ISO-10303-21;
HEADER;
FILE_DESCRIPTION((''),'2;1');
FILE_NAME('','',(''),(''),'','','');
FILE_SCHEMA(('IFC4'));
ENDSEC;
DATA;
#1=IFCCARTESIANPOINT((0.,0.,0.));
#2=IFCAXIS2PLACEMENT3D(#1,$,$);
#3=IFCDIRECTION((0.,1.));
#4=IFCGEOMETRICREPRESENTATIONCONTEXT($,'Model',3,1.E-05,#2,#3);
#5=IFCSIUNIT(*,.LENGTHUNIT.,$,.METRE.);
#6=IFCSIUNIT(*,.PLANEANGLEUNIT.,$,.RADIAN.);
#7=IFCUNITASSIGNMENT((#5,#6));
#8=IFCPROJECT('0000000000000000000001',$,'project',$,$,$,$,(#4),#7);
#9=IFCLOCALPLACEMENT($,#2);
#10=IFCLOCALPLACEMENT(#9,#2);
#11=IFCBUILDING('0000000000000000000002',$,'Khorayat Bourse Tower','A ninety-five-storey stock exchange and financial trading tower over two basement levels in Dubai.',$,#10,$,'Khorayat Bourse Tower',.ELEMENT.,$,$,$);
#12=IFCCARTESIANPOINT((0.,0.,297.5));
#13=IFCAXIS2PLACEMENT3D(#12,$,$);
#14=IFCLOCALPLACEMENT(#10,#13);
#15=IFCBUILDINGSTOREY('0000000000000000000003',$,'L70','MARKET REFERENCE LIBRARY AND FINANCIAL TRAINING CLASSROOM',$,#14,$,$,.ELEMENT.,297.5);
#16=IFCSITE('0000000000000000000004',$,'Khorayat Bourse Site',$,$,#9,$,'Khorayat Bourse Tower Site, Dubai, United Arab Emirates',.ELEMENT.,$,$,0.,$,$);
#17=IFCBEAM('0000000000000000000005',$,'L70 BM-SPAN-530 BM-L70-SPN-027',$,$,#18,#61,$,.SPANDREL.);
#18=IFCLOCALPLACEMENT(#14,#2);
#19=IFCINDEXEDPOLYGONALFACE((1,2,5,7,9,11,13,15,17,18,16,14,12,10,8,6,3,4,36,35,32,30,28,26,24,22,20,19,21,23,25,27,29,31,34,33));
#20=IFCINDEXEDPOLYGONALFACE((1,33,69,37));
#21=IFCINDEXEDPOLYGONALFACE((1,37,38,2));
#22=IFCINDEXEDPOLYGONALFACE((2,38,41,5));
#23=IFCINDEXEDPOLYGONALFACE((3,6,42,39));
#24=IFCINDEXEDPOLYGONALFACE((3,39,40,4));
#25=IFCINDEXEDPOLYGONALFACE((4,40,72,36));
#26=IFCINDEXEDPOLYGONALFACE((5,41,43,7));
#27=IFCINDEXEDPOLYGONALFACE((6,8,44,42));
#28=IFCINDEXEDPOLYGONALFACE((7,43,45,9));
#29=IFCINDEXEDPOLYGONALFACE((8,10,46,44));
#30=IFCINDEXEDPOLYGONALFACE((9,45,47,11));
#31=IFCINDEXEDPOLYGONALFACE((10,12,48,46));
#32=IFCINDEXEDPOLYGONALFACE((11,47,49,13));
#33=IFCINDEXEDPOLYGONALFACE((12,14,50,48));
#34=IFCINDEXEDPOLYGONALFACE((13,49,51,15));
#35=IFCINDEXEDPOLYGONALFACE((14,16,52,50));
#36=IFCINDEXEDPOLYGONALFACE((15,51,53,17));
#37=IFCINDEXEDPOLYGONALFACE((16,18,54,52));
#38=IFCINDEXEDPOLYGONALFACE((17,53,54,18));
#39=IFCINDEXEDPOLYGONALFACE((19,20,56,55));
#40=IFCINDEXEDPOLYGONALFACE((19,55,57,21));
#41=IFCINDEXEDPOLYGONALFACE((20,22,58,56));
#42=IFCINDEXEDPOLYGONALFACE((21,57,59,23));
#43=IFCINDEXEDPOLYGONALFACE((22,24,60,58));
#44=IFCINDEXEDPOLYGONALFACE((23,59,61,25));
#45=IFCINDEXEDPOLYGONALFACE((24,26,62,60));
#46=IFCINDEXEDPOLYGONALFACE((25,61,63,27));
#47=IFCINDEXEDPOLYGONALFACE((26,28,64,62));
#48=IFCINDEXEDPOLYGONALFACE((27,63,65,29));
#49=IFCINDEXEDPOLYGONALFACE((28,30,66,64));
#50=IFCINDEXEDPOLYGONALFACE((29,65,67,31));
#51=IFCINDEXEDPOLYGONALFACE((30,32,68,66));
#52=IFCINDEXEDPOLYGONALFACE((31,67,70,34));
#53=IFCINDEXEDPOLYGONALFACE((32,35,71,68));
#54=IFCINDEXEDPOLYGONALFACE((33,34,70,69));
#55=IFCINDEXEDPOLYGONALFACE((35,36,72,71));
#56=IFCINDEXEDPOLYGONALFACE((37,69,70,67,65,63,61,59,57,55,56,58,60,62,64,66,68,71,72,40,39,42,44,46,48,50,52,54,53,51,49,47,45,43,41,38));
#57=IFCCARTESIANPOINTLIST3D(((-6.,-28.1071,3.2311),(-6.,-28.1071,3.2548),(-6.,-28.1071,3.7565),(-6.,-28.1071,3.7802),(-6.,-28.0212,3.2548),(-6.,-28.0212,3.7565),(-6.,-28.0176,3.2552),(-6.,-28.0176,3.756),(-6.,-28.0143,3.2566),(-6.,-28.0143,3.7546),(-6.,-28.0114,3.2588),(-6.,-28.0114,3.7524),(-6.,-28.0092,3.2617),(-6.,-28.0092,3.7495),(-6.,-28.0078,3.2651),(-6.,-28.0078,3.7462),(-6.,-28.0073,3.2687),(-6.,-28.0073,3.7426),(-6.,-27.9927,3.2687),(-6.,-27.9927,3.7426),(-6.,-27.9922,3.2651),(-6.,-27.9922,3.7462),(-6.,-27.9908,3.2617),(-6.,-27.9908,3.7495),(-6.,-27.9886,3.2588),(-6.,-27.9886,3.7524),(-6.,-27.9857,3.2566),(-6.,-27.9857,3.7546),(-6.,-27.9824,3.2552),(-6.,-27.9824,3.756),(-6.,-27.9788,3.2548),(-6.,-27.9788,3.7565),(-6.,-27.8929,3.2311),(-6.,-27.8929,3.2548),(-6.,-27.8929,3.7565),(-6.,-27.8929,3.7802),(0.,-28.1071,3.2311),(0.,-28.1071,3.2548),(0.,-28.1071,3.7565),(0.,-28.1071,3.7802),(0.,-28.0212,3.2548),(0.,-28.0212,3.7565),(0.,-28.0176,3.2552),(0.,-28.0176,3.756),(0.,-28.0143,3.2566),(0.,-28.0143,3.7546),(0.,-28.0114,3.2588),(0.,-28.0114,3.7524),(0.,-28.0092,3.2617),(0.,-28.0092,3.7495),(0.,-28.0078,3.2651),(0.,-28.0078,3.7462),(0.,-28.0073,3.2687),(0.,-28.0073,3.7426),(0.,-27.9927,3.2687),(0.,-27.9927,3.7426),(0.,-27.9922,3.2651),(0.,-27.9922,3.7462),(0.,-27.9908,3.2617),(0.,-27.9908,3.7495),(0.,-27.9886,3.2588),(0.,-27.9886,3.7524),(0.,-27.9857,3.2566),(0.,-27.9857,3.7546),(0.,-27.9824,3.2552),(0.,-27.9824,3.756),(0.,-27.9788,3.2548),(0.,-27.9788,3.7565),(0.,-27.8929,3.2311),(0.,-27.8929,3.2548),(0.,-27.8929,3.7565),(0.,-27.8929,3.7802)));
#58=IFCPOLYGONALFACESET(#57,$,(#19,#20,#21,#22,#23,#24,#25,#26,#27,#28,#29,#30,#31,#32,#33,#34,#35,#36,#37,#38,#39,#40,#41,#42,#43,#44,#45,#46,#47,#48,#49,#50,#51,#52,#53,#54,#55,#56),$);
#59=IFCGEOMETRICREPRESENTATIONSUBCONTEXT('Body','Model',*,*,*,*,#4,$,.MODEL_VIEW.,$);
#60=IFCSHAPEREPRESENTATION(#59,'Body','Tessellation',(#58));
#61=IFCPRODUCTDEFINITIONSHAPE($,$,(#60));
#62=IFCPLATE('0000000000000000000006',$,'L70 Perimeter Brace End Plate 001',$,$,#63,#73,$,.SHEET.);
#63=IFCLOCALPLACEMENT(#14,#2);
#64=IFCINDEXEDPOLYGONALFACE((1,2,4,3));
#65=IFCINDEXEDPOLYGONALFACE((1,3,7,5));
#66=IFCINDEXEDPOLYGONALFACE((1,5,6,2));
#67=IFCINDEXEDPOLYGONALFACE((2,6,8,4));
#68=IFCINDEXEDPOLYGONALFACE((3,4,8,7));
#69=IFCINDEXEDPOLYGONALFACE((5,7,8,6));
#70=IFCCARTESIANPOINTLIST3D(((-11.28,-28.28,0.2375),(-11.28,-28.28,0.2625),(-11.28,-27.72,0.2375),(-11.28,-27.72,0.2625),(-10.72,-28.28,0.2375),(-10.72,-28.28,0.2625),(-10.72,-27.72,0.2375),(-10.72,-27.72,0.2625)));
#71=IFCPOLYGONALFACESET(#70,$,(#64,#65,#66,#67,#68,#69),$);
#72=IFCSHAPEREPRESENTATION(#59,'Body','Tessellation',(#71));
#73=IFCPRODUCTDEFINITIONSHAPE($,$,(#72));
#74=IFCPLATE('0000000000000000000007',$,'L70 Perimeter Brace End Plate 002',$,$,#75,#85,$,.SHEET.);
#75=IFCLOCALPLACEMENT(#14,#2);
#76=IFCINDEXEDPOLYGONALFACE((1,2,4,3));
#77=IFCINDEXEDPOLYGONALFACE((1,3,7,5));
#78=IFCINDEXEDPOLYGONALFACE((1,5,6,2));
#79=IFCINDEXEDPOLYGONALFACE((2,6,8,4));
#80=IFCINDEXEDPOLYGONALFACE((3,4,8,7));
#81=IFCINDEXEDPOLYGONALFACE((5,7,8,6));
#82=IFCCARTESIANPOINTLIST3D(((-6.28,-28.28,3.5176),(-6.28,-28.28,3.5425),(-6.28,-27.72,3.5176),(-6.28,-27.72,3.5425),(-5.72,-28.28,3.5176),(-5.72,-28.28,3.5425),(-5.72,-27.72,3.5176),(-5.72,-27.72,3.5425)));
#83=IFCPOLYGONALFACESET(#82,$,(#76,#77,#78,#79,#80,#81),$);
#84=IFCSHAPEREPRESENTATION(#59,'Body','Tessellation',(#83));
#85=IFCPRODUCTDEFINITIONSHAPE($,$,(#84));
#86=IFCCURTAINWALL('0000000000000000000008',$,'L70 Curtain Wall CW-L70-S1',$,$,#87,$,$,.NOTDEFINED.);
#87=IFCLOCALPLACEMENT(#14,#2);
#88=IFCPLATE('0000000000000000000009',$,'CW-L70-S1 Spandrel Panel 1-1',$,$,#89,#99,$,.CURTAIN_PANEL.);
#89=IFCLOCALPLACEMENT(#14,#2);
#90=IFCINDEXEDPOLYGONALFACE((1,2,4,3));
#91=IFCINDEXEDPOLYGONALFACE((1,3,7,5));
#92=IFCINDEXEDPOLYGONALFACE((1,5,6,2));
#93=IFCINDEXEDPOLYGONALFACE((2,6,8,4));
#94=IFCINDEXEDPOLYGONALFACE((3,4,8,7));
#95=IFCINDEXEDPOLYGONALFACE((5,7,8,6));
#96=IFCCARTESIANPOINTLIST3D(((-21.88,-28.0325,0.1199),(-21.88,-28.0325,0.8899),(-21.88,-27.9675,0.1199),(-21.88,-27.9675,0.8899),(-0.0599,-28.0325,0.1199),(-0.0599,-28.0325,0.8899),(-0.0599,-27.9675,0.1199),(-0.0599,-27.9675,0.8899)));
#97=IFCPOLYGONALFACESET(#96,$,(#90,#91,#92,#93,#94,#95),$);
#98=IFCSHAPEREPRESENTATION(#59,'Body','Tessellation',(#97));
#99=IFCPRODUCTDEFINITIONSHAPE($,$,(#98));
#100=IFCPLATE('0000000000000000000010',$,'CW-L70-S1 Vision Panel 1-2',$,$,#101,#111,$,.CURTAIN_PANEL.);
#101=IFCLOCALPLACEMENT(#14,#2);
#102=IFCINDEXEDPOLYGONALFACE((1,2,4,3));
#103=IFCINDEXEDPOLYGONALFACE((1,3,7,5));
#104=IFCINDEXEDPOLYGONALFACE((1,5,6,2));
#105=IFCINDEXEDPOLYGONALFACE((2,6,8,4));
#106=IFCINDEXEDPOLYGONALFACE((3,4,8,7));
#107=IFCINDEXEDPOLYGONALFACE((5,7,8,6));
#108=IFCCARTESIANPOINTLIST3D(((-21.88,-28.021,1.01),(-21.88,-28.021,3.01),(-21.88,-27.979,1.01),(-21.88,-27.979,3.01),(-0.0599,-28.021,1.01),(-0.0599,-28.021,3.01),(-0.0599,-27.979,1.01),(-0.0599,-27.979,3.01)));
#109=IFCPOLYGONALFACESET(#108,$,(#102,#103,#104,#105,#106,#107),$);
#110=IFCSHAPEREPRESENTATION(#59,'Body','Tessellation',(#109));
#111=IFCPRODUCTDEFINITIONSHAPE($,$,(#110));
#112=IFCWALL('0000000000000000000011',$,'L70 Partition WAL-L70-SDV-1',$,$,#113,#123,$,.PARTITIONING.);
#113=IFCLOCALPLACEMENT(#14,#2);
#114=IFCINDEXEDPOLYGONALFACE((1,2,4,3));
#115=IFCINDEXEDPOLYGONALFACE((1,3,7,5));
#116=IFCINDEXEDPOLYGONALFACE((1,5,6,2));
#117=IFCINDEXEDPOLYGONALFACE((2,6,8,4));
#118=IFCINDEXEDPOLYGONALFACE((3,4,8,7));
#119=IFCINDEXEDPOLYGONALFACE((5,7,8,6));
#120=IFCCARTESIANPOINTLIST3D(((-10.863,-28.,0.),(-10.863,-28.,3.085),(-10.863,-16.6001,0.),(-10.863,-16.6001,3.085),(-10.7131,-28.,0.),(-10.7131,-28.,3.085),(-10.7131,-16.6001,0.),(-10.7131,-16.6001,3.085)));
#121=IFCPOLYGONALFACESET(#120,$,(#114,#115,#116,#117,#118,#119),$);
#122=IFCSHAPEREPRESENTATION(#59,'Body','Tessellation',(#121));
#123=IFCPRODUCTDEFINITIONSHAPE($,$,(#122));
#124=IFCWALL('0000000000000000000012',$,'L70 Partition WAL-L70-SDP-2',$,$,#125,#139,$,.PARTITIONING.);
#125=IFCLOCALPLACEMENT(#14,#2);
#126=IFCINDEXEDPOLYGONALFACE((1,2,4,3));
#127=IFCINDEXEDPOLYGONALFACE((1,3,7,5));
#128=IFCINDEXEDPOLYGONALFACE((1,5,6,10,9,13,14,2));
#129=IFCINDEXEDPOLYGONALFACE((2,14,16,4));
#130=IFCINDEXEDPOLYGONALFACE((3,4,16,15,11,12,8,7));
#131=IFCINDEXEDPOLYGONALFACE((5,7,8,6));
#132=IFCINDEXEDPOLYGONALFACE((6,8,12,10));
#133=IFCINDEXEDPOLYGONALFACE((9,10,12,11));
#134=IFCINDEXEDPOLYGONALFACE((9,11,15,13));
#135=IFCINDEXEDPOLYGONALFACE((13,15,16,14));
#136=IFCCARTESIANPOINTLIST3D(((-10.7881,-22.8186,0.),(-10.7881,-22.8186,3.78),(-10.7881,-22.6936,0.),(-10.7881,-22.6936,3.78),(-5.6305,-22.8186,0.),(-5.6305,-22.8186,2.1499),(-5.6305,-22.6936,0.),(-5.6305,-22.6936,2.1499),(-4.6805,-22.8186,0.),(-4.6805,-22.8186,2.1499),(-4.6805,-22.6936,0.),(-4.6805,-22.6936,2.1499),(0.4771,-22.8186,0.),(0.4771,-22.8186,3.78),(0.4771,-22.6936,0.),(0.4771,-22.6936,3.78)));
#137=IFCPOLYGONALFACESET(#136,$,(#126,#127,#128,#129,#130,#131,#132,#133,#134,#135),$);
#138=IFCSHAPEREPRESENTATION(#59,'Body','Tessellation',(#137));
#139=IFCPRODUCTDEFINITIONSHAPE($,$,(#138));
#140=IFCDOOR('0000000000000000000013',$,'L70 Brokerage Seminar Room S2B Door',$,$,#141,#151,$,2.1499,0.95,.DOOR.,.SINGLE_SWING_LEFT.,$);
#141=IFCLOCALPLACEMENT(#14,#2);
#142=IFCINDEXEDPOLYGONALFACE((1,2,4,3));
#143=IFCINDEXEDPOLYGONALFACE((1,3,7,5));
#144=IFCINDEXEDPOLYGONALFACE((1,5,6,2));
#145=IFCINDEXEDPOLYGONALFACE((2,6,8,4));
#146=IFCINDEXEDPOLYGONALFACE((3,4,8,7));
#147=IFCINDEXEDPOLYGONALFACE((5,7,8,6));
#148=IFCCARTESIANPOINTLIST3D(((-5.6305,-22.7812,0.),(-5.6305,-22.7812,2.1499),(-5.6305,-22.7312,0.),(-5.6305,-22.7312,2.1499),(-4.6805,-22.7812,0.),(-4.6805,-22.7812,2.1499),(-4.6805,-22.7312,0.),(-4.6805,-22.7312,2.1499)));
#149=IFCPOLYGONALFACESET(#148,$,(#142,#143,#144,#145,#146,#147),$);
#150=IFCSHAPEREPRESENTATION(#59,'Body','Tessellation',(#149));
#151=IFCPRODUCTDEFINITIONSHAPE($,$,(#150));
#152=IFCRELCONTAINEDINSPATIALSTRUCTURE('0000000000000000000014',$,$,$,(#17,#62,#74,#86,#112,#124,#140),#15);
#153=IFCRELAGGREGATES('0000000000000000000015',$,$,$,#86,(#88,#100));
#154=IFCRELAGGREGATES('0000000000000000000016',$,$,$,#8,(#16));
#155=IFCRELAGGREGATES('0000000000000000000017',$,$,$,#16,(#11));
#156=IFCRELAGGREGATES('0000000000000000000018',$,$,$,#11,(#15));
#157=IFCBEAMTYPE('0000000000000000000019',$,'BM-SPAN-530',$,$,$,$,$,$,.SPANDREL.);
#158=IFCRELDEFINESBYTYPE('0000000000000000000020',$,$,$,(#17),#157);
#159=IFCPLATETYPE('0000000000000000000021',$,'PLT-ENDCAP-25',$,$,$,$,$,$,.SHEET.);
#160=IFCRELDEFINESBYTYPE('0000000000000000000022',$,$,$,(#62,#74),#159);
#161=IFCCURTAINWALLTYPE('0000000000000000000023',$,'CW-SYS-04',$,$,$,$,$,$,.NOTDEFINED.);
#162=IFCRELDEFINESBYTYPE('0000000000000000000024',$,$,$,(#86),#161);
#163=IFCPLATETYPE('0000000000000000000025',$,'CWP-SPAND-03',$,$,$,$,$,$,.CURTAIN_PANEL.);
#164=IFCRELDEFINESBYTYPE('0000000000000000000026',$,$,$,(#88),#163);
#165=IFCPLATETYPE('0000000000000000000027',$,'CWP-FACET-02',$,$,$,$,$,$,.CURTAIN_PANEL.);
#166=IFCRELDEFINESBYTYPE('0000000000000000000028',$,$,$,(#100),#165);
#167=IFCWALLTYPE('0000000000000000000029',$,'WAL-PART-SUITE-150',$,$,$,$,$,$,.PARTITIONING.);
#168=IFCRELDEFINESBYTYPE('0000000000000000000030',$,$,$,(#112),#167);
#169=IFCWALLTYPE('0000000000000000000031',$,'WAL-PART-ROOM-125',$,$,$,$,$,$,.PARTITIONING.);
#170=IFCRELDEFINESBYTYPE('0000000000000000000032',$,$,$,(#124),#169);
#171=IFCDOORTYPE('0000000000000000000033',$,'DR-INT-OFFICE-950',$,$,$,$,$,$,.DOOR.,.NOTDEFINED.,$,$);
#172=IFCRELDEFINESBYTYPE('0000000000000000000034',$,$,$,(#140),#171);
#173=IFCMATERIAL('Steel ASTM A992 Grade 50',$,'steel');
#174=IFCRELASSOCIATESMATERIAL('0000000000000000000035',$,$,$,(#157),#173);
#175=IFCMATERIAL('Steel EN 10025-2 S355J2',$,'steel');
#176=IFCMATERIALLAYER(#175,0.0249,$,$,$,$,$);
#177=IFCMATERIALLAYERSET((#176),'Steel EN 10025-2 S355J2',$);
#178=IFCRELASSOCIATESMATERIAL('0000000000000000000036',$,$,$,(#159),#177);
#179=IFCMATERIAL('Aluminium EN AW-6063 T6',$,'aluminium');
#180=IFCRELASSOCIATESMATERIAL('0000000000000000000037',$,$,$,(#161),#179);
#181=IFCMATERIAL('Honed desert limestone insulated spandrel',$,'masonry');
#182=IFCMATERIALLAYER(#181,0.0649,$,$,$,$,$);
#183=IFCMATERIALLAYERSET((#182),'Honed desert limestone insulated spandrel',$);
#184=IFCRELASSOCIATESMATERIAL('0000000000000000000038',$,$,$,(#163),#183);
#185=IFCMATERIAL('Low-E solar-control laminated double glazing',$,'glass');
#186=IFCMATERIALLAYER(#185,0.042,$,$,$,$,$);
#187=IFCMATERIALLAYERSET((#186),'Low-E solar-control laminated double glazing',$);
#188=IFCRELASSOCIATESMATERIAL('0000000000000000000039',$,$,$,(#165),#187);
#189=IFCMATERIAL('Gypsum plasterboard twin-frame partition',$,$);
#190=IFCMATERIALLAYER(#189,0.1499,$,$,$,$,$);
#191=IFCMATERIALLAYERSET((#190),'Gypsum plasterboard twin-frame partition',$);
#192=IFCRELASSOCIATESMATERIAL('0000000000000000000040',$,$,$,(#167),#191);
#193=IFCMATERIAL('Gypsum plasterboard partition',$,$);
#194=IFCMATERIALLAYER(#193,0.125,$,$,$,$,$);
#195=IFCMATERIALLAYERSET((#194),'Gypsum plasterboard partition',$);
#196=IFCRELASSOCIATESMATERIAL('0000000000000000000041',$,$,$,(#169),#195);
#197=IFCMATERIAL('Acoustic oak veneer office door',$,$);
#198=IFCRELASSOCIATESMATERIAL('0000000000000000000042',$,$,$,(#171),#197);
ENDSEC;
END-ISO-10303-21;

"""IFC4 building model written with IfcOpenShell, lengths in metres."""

from ifc_helpers import new_model, si_unit, direction, frame, frame_2d, origin, origin_2d, place, context, subcontext, project, spatial, rectangle, i_section, extrude, source, transform, mapped, material, layer, layer_set, material_profile, profile_set, type_object, element, fill, aggregate, save


model = new_model("IFC4")

# Units and contexts
model_context = context("Model", 3, precision=1e-05, world=origin(), true_north=direction((0.0, 1.0)))
body_context = subcontext(model_context, "Body", "Model", "MODEL_VIEW")
ifc_project = project(units=[si_unit("LENGTHUNIT", "METRE"), si_unit("PLANEANGLEUNIT", "RADIAN")], contexts=[model_context])

# Site, building, storey
site_placement = place(None, origin())
site = spatial("IfcSite", under=ifc_project, at=site_placement, Name="Khorayat Bourse Site", LongName="Khorayat Bourse Tower Site, Dubai, United Arab Emirates", CompositionType="ELEMENT", RefElevation=0.0)
building_placement = place(site_placement, origin())
building = spatial("IfcBuilding", under=site, at=building_placement, Name="Khorayat Bourse Tower", Description="A ninety-five-storey stock exchange and financial trading tower over two basement levels in Dubai.", LongName="Khorayat Bourse Tower", CompositionType="ELEMENT")
storey_placement = place(building_placement, frame((0.0, 0.0, 297.5)))
storey = spatial("IfcBuildingStorey", under=building, at=storey_placement, Name="L70", Description="MARKET REFERENCE LIBRARY AND FINANCIAL TRAINING CLASSROOM", CompositionType="ELEMENT", Elevation=297.5)

# Beam
ifc_material_1 = material(Name="Steel ASTM A992 Grade 50", Category="steel")
ifc_material_profile_1 = material_profile(ifc_material_1, i_section(OverallWidth=0.2141, OverallDepth=0.5491, WebThickness=0.0146, FlangeThickness=0.0237, FilletRadius=0.0139, at=origin_2d()), Name="W530X138")
ifc_profile_set_1 = profile_set([ifc_material_profile_1], Name="Steel ASTM A992 Grade 50")
beam_type_1 = type_object("IfcBeamType", Name="BM-SPAN-530", PredefinedType="SPANDREL", material=ifc_profile_set_1)
shared_shape_1 = source(origin(), body_context, "Body", "SweptSolid", [
    extrude(i_section(OverallWidth=0.2141, OverallDepth=0.5491, WebThickness=0.0146, FlangeThickness=0.0237, FilletRadius=0.0139, at=origin_2d()), origin(), (0.0, 0.0, 1.0), 6.0),
])
beam_1_placement = place(storey_placement, frame((-6.0, -28.0, 3.5056), z_axis=(1.0, 0.0, 0.0), x_axis=(0.0, 1.0, 0.0)))
element("IfcBeam", 1, at=beam_1_placement, inside=storey, type_object=beam_type_1, Name="L70 BM-SPAN-530 BM-L70-SPN-027", PredefinedType="SPANDREL", context=body_context, shape_type="MappedRepresentation", body=[
    mapped(shared_shape_1, transform((0.0, 0.0, 0.0), scale=1.0)),
])

# Plates
ifc_material_2 = material(Name="Steel EN 10025-2 S355J2", Category="steel")
ifc_layer_1 = layer(ifc_material_2, 0.0249)
ifc_layer_set_1 = layer_set([ifc_layer_1], Name="Steel EN 10025-2 S355J2")
plate_type_1 = type_object("IfcPlateType", Name="PLT-ENDCAP-25", PredefinedType="SHEET", material=ifc_layer_set_1)
shared_shape_2 = source(origin(), body_context, "Body", "SweptSolid", [
    extrude(rectangle(XDim=0.5601, YDim=0.5601, at=origin_2d()), origin(), (0.0, 0.0, 1.0), 0.0249),
])
for number, where, z_axis, x_axis, name in (
    (2, (-11.0, -28.0, 0.2375), (0.0, 0.0, 1.0), (1.0, 0.0, 0.0), "L70 Perimeter Brace End Plate 001"),
    (3, (-6.0, -28.0, 3.5176), (0.0, 0.0, 1.0), (1.0, 0.0, 0.0), "L70 Perimeter Brace End Plate 002"),
):
    element("IfcPlate", number, at=place(storey_placement, frame(where, z_axis=z_axis, x_axis=x_axis)), inside=storey, type_object=plate_type_1, Name=name, PredefinedType="SHEET", context=body_context, shape_type="MappedRepresentation", body=[
        mapped(shared_shape_2, transform((0.0, 0.0, 0.0), scale=1.0)),
    ])

# Curtain wall, plates
ifc_material_3 = material(Name="Aluminium EN AW-6063 T6", Category="aluminium")
curtain_wall_type = type_object("IfcCurtainWallType", Name="CW-SYS-04", PredefinedType="NOTDEFINED", material=ifc_material_3)
curtain_wall_placement = place(storey_placement, origin())
curtain_wall = element("IfcCurtainWall", 4, at=curtain_wall_placement, inside=storey, type_object=curtain_wall_type, Name="L70 Curtain Wall CW-L70-S1", PredefinedType="NOTDEFINED")
ifc_material_4 = material(Name="Honed desert limestone insulated spandrel", Category="masonry")
ifc_layer_2 = layer(ifc_material_4, 0.0649)
ifc_layer_set_2 = layer_set([ifc_layer_2], Name="Honed desert limestone insulated spandrel")
plate_type_2 = type_object("IfcPlateType", Name="CWP-SPAND-03", PredefinedType="CURTAIN_PANEL", material=ifc_layer_set_2)
shared_shape_3 = source(origin(), body_context, "Body", "SweptSolid", [
    extrude(rectangle(XDim=21.8201, YDim=0.0649, at=origin_2d()), origin(), (0.0, 0.0, 1.0), 0.77),
])
plate_1_placement = place(storey_placement, frame((-10.97, -28.0, 0.1199), z_axis=(0.0, 0.0, 1.0), x_axis=(1.0, 0.0, 0.0)))
plate_1 = element("IfcPlate", 5, at=plate_1_placement, type_object=plate_type_2, Name="CW-L70-S1 Spandrel Panel 1-1", PredefinedType="CURTAIN_PANEL", context=body_context, shape_type="MappedRepresentation", body=[
    mapped(shared_shape_3, transform((0.0, 0.0, 0.0), scale=1.0)),
])
ifc_material_5 = material(Name="Low-E solar-control laminated double glazing", Category="glass")
ifc_layer_3 = layer(ifc_material_5, 0.042)
ifc_layer_set_3 = layer_set([ifc_layer_3], Name="Low-E solar-control laminated double glazing")
plate_type_3 = type_object("IfcPlateType", Name="CWP-FACET-02", PredefinedType="CURTAIN_PANEL", material=ifc_layer_set_3)
shared_shape_4 = source(origin(), body_context, "Body", "SweptSolid", [
    extrude(rectangle(XDim=21.8201, YDim=0.042, at=origin_2d()), origin(), (0.0, 0.0, 1.0), 2.0),
])
plate_2_placement = place(storey_placement, frame((-10.97, -28.0, 1.01), z_axis=(0.0, 0.0, 1.0), x_axis=(1.0, 0.0, 0.0)))
plate_2 = element("IfcPlate", 6, at=plate_2_placement, type_object=plate_type_3, Name="CW-L70-S1 Vision Panel 1-2", PredefinedType="CURTAIN_PANEL", context=body_context, shape_type="MappedRepresentation", body=[
    mapped(shared_shape_4, transform((0.0, 0.0, 0.0), scale=1.0)),
])
aggregate(curtain_wall, [plate_1, plate_2])

# Wall
ifc_material_6 = material(Name="Gypsum plasterboard twin-frame partition")
ifc_layer_4 = layer(ifc_material_6, 0.1499)
ifc_layer_set_4 = layer_set([ifc_layer_4], Name="Gypsum plasterboard twin-frame partition")
wall_type_1 = type_object("IfcWallType", Name="WAL-PART-SUITE-150", PredefinedType="PARTITIONING", material=ifc_layer_set_4)
shared_shape_5 = source(origin(), body_context, "Body", "SweptSolid", [
    extrude(rectangle(XDim=11.3999, YDim=0.1499, at=frame_2d((5.7, 0.0))), origin(), (0.0, 0.0, 1.0), 3.085),
])
wall_1_placement = place(storey_placement, frame((-10.7881, -28.0, 0.0), z_axis=(0.0, 0.0, 1.0), x_axis=(0.0, 1.0, 0.0)))
element("IfcWall", 7, at=wall_1_placement, inside=storey, type_object=wall_type_1, Name="L70 Partition WAL-L70-SDV-1", PredefinedType="PARTITIONING", context=body_context, shape_type="MappedRepresentation", body=[
    mapped(shared_shape_5, transform((0.0, 0.0, 0.0), scale=1.0)),
])

# Wall, opening, door
ifc_material_7 = material(Name="Gypsum plasterboard partition")
ifc_layer_5 = layer(ifc_material_7, 0.125)
ifc_layer_set_5 = layer_set([ifc_layer_5], Name="Gypsum plasterboard partition")
wall_type_2 = type_object("IfcWallType", Name="WAL-PART-ROOM-125", PredefinedType="PARTITIONING", material=ifc_layer_set_5)
shared_shape_6 = source(origin(), body_context, "Body", "SweptSolid", [
    extrude(rectangle(XDim=11.2651, YDim=0.125, at=frame_2d((5.6326, 0.0))), origin(), (0.0, 0.0, 1.0), 3.78),
])
wall_2_placement = place(storey_placement, frame((-10.7881, -22.7561, 0.0), z_axis=(0.0, 0.0, 1.0), x_axis=(1.0, 0.0, 0.0)))
wall_2 = element("IfcWall", 8, at=wall_2_placement, inside=storey, type_object=wall_type_2, Name="L70 Partition WAL-L70-SDP-2", PredefinedType="PARTITIONING", context=body_context, shape_type="MappedRepresentation", body=[
    mapped(shared_shape_6, transform((0.0, 0.0, 0.0), scale=1.0)),
])
shared_shape_7 = source(origin(), body_context, "Body", "SweptSolid", [
    extrude(rectangle(XDim=0.95, YDim=2.1499, at=frame_2d((0.4751, 1.075))), frame((0.0, 0.0725, 0.0), z_axis=(0.0, -1.0, 0.0), x_axis=(1.0, 0.0, 0.0)), (0.0, 0.0, 1.0), 0.145),
])
opening_placement = place(wall_2_placement, frame((5.1575, 0.0, 0.0)))
opening = element("IfcOpeningElement", 9, at=opening_placement, cuts=wall_2, PredefinedType="OPENING", context=body_context, shape_type="MappedRepresentation", body=[
    mapped(shared_shape_7, transform((0.0, 0.0, 0.0), scale=1.0)),
])
ifc_material_8 = material(Name="Acoustic oak veneer office door")
door_type = type_object("IfcDoorType", Name="DR-INT-OFFICE-950", OperationType="NOTDEFINED", PredefinedType="DOOR", material=ifc_material_8)
shared_shape_8 = source(origin(), body_context, "Body", "SweptSolid", [
    extrude(rectangle(XDim=0.95, YDim=2.1499, at=frame_2d((0.4751, 1.075))), frame((0.0, 0.0249, 0.0), z_axis=(0.0, -1.0, 0.0), x_axis=(1.0, 0.0, 0.0)), (0.0, 0.0, 1.0), 0.05),
])
door_placement = place(opening_placement, origin())
door = element("IfcDoor", 10, at=door_placement, inside=storey, type_object=door_type, Name="L70 Brokerage Seminar Room S2B Door", OperationType="SINGLE_SWING_LEFT", OverallHeight=2.1499, OverallWidth=0.95, PredefinedType="DOOR", context=body_context, shape_type="MappedRepresentation", body=[
    mapped(shared_shape_8, transform((0.0, 0.0, 0.0), scale=1.0)),
])
fill(opening, door)

save(model, "model.ifc")
